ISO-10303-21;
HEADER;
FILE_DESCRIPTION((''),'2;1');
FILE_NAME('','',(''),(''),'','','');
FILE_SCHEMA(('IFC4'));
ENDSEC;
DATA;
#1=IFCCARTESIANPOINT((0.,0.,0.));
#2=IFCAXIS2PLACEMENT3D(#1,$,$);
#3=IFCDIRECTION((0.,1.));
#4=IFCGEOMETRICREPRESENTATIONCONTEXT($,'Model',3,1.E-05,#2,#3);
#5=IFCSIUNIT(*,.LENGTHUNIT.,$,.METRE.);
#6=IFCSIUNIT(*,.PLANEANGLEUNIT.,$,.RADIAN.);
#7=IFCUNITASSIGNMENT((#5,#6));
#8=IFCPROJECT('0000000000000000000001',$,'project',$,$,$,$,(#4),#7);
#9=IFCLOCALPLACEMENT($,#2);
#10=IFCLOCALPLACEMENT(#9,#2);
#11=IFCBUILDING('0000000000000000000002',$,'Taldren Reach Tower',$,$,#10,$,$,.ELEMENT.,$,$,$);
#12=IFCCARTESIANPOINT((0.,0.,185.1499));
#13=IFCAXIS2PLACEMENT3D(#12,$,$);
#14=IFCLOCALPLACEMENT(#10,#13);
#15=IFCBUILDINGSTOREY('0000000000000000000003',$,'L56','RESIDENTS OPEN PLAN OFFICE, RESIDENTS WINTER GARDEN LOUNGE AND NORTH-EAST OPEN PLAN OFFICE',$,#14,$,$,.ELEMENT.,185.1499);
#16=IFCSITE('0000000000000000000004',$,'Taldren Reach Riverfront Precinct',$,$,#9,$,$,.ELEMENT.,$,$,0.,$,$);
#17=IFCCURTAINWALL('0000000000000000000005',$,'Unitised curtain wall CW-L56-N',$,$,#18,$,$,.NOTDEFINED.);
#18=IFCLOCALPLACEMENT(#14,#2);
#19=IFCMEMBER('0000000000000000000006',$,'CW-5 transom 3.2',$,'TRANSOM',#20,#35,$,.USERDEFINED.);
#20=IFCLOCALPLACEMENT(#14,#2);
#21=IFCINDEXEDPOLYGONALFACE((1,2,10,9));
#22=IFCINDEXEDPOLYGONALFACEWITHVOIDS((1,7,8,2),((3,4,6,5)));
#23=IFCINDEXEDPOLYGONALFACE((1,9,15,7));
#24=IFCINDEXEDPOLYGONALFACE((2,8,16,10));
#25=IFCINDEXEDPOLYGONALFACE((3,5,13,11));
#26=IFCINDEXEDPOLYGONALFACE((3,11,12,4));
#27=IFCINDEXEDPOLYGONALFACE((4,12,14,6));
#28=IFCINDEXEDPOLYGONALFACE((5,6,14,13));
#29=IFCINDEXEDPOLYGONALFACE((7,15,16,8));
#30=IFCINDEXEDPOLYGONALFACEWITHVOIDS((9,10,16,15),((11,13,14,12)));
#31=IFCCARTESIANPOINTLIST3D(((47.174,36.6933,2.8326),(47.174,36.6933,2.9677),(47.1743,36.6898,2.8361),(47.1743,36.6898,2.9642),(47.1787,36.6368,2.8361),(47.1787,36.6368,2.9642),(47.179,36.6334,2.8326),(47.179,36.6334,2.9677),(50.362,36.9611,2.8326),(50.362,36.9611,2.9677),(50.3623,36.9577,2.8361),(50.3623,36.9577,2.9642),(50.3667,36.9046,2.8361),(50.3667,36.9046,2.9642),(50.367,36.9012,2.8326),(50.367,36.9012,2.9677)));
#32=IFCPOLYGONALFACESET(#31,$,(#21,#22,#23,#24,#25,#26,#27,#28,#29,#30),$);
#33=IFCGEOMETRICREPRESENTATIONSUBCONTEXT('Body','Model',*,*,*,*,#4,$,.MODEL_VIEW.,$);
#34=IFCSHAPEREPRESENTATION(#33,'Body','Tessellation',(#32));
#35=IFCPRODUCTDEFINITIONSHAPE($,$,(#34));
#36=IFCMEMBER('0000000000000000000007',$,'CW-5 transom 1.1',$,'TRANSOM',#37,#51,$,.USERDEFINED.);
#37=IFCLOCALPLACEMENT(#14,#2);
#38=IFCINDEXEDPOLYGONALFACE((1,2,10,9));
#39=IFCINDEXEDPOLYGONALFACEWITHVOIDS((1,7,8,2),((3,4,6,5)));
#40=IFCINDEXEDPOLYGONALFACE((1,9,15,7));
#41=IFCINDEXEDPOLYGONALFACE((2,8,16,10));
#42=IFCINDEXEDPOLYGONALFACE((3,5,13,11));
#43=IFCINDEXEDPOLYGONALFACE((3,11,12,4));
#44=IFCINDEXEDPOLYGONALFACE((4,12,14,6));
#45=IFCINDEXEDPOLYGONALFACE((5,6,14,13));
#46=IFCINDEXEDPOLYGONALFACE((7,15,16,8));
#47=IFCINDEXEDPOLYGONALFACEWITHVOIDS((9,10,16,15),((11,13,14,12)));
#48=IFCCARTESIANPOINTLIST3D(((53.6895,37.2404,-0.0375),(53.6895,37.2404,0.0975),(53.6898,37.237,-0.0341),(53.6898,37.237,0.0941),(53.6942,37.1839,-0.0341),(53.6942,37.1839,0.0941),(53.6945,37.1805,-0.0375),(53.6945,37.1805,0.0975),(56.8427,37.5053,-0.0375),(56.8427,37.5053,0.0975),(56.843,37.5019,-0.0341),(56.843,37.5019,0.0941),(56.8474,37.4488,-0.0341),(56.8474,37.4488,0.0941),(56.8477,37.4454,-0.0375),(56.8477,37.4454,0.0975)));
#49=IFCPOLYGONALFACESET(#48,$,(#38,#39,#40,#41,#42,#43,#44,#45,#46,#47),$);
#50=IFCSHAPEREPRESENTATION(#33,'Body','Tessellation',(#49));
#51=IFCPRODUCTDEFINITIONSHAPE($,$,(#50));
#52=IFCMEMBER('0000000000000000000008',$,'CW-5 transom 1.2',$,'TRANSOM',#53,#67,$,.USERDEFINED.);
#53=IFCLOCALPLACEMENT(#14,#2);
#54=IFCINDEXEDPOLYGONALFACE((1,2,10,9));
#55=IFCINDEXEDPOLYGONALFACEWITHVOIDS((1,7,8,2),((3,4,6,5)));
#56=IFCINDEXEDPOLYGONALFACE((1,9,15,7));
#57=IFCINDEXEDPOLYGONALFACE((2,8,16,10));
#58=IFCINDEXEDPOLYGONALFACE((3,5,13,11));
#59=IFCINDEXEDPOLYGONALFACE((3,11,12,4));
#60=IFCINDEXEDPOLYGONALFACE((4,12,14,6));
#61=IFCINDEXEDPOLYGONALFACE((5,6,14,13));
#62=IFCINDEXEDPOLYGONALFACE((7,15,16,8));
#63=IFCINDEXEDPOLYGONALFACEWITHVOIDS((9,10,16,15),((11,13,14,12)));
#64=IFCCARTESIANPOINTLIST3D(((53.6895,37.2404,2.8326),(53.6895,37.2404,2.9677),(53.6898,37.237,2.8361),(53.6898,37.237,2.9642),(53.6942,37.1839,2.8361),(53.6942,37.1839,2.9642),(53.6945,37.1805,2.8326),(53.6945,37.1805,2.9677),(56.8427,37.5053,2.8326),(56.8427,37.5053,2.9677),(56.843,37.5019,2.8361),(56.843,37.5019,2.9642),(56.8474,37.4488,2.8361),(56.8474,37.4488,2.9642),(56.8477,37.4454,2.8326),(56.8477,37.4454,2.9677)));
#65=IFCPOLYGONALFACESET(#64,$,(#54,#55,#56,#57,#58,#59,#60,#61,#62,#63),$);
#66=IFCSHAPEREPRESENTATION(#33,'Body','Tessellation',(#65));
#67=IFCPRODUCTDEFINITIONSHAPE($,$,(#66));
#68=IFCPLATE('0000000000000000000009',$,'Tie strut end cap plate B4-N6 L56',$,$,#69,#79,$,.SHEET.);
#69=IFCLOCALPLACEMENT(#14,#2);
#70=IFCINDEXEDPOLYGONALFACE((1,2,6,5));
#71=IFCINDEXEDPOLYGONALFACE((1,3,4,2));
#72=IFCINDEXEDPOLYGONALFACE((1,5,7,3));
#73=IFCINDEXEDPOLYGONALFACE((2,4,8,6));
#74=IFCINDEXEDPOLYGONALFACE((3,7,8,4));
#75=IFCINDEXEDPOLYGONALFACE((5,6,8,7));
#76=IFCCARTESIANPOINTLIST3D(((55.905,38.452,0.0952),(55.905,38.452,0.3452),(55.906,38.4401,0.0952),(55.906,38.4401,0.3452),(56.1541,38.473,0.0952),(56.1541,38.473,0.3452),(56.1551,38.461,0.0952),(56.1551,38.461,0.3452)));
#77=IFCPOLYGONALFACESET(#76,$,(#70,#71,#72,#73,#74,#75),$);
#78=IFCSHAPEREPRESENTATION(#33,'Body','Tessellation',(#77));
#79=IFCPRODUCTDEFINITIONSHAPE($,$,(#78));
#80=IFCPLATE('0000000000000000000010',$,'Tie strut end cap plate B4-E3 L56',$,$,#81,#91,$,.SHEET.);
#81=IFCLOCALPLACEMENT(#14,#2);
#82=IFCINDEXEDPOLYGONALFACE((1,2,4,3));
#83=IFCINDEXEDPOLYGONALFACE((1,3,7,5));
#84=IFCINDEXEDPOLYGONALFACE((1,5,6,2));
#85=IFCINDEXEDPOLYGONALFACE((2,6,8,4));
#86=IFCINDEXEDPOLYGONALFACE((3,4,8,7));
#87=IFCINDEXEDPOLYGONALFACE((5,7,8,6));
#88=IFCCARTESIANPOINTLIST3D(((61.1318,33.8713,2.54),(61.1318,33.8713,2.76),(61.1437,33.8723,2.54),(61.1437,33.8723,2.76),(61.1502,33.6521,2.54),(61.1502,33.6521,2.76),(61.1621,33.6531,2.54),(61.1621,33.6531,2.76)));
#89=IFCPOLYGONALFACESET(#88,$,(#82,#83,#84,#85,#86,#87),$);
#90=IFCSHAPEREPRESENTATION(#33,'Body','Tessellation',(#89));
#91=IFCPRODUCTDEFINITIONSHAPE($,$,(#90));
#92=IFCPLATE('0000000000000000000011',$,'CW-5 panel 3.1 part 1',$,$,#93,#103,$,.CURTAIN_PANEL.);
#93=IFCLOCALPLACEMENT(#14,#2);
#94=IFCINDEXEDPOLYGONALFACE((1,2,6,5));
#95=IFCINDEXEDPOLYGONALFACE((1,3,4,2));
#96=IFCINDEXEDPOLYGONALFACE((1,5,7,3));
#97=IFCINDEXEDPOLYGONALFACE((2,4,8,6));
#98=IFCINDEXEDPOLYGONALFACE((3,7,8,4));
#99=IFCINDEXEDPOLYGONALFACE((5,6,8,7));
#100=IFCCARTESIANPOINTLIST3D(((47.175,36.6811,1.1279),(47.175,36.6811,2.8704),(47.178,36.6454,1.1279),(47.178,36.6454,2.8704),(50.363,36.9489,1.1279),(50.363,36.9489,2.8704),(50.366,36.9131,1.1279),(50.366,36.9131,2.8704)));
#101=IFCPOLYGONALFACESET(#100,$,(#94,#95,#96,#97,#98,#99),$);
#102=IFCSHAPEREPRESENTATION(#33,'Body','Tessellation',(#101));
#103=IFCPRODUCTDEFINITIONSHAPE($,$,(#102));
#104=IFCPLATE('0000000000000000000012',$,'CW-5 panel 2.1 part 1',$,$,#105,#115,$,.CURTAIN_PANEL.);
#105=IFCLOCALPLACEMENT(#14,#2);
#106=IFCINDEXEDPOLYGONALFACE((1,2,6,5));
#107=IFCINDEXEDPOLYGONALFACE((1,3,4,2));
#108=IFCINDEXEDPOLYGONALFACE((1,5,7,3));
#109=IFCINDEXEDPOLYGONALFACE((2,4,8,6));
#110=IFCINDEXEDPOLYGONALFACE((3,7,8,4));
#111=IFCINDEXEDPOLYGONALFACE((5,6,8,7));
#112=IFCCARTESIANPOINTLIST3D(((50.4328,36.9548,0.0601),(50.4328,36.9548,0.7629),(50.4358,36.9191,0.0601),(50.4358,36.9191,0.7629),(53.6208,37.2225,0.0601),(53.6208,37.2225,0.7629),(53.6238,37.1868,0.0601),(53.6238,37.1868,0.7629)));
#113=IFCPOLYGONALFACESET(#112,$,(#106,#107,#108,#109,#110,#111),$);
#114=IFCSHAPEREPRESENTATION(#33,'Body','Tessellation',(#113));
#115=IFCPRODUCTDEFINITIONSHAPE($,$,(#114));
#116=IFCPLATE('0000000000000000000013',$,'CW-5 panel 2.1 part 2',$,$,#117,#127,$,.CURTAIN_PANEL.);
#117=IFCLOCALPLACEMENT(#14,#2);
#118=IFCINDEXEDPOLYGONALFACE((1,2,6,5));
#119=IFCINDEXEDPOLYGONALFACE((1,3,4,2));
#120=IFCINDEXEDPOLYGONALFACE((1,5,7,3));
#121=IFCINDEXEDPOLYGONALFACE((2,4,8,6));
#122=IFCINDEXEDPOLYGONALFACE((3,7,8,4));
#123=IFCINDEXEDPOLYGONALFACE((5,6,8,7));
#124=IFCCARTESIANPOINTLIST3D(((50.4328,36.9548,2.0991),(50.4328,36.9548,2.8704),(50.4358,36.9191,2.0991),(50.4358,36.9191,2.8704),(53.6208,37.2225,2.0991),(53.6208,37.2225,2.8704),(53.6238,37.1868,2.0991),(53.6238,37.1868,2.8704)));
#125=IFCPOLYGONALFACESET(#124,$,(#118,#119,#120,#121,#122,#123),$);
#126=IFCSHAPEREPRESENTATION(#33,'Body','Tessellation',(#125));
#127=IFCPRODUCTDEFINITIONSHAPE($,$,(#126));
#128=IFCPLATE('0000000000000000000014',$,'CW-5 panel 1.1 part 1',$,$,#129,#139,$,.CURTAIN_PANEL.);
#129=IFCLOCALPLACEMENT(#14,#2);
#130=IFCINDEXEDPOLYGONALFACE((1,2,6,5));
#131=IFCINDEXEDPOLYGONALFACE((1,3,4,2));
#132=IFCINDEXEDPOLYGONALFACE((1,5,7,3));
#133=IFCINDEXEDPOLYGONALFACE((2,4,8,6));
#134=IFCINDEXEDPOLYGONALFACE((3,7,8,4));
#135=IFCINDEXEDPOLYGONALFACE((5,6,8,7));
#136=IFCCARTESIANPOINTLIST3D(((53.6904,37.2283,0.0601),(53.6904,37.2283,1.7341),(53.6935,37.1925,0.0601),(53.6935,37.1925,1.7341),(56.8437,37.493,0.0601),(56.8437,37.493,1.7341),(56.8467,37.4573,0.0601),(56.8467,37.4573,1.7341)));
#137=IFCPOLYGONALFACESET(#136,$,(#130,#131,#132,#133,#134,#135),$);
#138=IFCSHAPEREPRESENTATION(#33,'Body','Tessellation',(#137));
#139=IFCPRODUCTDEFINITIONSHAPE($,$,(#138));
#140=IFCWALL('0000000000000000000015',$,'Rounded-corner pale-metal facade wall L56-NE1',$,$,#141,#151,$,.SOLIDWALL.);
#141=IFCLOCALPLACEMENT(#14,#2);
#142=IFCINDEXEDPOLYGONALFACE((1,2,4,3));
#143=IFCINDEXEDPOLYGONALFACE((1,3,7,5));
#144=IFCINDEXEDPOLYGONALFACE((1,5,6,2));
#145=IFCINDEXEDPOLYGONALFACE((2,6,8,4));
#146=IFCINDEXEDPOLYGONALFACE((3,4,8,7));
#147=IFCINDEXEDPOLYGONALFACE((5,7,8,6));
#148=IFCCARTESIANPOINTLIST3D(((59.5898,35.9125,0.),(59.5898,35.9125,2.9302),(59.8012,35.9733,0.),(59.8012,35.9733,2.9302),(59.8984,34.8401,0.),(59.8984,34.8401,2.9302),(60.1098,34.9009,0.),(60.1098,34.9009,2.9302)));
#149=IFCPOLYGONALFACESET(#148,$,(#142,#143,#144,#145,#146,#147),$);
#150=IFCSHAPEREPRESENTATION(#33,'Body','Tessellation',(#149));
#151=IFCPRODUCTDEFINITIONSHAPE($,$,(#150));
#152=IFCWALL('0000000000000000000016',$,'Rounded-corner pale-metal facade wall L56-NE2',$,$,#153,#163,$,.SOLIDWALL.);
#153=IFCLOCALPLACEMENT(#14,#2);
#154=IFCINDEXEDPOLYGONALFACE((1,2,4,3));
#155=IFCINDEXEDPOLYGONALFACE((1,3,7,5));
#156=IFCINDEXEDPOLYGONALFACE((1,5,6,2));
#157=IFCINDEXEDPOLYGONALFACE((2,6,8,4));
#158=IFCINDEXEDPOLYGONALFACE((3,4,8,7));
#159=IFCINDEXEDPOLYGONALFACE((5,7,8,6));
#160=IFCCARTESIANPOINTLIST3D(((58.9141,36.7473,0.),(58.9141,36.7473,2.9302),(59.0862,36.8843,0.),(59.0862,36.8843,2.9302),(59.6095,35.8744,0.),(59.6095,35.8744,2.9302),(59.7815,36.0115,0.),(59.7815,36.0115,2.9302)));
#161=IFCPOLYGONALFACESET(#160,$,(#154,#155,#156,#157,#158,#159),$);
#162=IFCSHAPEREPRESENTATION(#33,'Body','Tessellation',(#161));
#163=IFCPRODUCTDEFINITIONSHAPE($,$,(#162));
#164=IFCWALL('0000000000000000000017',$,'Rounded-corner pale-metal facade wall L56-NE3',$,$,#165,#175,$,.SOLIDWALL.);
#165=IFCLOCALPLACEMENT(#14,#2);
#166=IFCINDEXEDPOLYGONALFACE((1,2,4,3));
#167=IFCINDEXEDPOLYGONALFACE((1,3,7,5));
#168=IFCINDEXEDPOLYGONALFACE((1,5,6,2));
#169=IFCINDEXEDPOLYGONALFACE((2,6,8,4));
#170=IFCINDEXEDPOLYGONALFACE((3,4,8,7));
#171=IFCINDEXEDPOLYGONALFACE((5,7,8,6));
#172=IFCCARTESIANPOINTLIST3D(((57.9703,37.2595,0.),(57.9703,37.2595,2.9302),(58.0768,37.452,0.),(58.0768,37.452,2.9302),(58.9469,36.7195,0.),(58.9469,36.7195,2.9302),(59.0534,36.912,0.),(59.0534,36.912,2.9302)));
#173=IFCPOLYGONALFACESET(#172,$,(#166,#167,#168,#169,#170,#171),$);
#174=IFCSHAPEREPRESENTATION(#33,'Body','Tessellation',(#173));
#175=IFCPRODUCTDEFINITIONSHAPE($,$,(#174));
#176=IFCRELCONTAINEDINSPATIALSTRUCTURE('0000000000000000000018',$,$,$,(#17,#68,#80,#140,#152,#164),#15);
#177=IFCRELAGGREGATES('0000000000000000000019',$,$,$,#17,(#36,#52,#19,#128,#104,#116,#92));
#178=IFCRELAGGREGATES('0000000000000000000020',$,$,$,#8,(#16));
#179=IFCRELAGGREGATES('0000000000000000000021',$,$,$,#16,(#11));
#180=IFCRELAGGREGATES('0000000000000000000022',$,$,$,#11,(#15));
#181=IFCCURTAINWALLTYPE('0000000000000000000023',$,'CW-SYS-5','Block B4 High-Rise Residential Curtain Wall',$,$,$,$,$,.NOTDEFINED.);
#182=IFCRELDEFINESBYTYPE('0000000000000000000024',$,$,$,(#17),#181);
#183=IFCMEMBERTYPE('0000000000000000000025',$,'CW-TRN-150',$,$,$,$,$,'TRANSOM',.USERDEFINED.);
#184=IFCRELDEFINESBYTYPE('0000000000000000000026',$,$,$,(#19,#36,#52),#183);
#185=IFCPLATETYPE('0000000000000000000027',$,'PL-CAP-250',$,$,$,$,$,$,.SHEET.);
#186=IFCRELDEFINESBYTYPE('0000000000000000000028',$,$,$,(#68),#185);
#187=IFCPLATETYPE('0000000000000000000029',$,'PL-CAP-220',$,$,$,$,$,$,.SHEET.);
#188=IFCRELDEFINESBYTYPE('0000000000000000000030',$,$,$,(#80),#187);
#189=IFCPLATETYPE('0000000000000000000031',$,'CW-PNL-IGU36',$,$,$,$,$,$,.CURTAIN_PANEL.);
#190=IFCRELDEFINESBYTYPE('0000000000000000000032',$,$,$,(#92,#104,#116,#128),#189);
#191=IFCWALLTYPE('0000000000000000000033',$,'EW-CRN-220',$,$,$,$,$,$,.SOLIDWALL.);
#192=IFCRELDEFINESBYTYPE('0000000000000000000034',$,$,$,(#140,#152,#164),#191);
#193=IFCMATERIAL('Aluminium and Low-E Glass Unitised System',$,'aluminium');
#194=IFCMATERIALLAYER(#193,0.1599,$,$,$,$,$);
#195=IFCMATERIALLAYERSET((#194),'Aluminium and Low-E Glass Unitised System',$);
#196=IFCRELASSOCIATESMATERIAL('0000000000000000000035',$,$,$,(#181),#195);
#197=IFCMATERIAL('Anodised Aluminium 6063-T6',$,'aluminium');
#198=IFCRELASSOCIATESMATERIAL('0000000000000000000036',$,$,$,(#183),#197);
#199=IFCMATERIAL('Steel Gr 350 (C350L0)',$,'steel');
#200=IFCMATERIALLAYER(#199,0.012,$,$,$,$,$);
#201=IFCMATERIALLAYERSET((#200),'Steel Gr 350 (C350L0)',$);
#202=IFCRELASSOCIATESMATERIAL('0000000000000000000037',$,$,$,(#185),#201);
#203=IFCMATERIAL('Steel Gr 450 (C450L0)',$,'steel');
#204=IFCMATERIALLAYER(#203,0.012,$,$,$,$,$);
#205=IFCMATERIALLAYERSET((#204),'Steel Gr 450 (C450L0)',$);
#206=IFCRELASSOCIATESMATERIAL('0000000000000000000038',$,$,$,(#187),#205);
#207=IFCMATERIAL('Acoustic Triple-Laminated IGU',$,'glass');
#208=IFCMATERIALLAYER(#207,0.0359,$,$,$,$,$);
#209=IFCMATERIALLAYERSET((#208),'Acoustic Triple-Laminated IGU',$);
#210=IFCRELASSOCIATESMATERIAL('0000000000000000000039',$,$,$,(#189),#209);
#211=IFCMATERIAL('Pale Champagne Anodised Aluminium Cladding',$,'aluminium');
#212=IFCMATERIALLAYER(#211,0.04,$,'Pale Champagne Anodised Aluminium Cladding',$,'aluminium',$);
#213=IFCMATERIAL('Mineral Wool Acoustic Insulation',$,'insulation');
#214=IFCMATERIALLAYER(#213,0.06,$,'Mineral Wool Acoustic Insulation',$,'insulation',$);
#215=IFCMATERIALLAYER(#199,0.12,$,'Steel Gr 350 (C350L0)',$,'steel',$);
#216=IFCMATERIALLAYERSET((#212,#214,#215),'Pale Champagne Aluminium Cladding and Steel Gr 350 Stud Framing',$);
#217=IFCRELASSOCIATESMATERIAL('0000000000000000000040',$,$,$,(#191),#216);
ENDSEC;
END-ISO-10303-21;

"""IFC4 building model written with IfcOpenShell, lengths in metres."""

from ifc_helpers import new_model, si_unit, direction, frame, frame_2d, origin, origin_2d, place, context, subcontext, project, spatial, rectangle, hollow_rectangle, extrude, source, transform, mapped, material, layer, layer_set, material_profile, profile_set, type_object, element, aggregate, save


model = new_model("IFC4")

# Units and contexts
model_context = context("Model", 3, precision=1e-05, world=origin(), true_north=direction((0.0, 1.0)))
body_context = subcontext(model_context, "Body", "Model", "MODEL_VIEW")
ifc_project = project(units=[si_unit("LENGTHUNIT", "METRE"), si_unit("PLANEANGLEUNIT", "RADIAN")], contexts=[model_context])

# Site, building, storey
site_placement = place(None, origin())
site = spatial("IfcSite", under=ifc_project, at=site_placement, Name="Taldren Reach Riverfront Precinct", CompositionType="ELEMENT", RefElevation=0.0)
building_placement = place(site_placement, origin())
building = spatial("IfcBuilding", under=site, at=building_placement, Name="Taldren Reach Tower", CompositionType="ELEMENT")
storey_placement = place(building_placement, frame((0.0, 0.0, 185.1499)))
storey = spatial("IfcBuildingStorey", under=building, at=storey_placement, Name="L56", Description="RESIDENTS OPEN PLAN OFFICE, RESIDENTS WINTER GARDEN LOUNGE AND NORTH-EAST OPEN PLAN OFFICE", CompositionType="ELEMENT", Elevation=185.1499)

# Shared definitions
ifc_material_1 = material(Name="Steel Gr 350 (C350L0)", Category="steel")

# Shared definitions
ifc_material_2 = material(Name="Steel Gr 450 (C450L0)", Category="steel")

# Curtain wall
ifc_material_3 = material(Name="Aluminium and Low-E Glass Unitised System", Category="aluminium")
ifc_layer_1 = layer(ifc_material_3, 0.1599)
ifc_layer_set_1 = layer_set([ifc_layer_1], Name="Aluminium and Low-E Glass Unitised System")
curtain_wall_type = type_object("IfcCurtainWallType", Name="CW-SYS-5", Description="Block B4 High-Rise Residential Curtain Wall", PredefinedType="NOTDEFINED", material=ifc_layer_set_1)
curtain_wall_1_placement = place(storey_placement, origin())
curtain_wall_1 = element("IfcCurtainWall", 1, at=curtain_wall_1_placement, inside=storey, type_object=curtain_wall_type, Name="Unitised curtain wall CW-L56-N", PredefinedType="NOTDEFINED")
ifc_material_4 = material(Name="Anodised Aluminium 6063-T6", Category="aluminium")

# Members
ifc_material_profile_1 = material_profile(ifc_material_4, hollow_rectangle(XDim=0.0601, YDim=0.135, WallThickness=0.0034, at=origin_2d()), Name="ALU-135x60x3.5RHS")
ifc_profile_set_1 = profile_set([ifc_material_profile_1], Name="Anodised Aluminium 6063-T6")
member_type_1 = type_object("IfcMemberType", Name="CW-TRN-150", ElementType="TRANSOM", PredefinedType="USERDEFINED", material=ifc_profile_set_1)
shared_shape_1 = source(origin(), body_context, "Body", "SweptSolid", [
    extrude(hollow_rectangle(XDim=0.0601, YDim=0.135, WallThickness=0.0034, at=origin_2d()), origin(), (0.0, 0.0, 1.0), 3.1992),
])
member_1_placement = place(storey_placement, frame((50.3645, 36.9312, 2.9001), z_axis=(-0.99649, -0.083715, 0.0), x_axis=(0.083715, -0.99649, 0.0)))
member_1 = element("IfcMember", 2, at=member_1_placement, type_object=member_type_1, Name="CW-5 transom 3.2", ObjectType="TRANSOM", PredefinedType="USERDEFINED", context=body_context, shape_type="MappedRepresentation", body=[
    mapped(shared_shape_1, transform((0.0, 0.0, 0.0), scale=1.0)),
])
shared_shape_2 = source(origin(), body_context, "Body", "SweptSolid", [
    extrude(hollow_rectangle(XDim=0.0601, YDim=0.135, WallThickness=0.0034, at=origin_2d()), origin(), (0.0, 0.0, 1.0), 3.1643),
])
member_2_placement = place(storey_placement, frame((56.8452, 37.4753, 0.03), z_axis=(-0.99649, -0.083709, 0.0), x_axis=(0.083709, -0.99649, 0.0)))
member_2 = element("IfcMember", 3, at=member_2_placement, type_object=member_type_1, Name="CW-5 transom 1.1", ObjectType="TRANSOM", PredefinedType="USERDEFINED", context=body_context, shape_type="MappedRepresentation", body=[
    mapped(shared_shape_2, transform((0.0, 0.0, 0.0), scale=1.0)),
])
member_3_placement = place(storey_placement, frame((56.8452, 37.4753, 2.9001), z_axis=(-0.99649, -0.083709, 0.0), x_axis=(0.083709, -0.99649, 0.0)))
member_3 = element("IfcMember", 4, at=member_3_placement, type_object=member_type_1, Name="CW-5 transom 1.2", ObjectType="TRANSOM", PredefinedType="USERDEFINED", context=body_context, shape_type="MappedRepresentation", body=[
    mapped(shared_shape_2, transform((0.0, 0.0, 0.0), scale=1.0)),
])

# Plates
ifc_layer_2 = layer(ifc_material_1, 0.012)
ifc_layer_set_2 = layer_set([ifc_layer_2], Name="Steel Gr 350 (C350L0)")
plate_type_1 = type_object("IfcPlateType", Name="PL-CAP-250", PredefinedType="SHEET", material=ifc_layer_set_2)
shared_shape_3 = source(origin(), body_context, "Body", "SweptSolid", [
    extrude(rectangle(XDim=0.25, YDim=0.012, at=origin_2d()), origin(), (0.0, 0.0, 1.0), 0.25),
])
plate_1_placement = place(storey_placement, frame((56.03, 38.4565, 0.0952), z_axis=(0.0, 0.0, 1.0), x_axis=(0.996493, 0.083678, 0.0)))
element("IfcPlate", 5, at=plate_1_placement, inside=storey, type_object=plate_type_1, Name="Tie strut end cap plate B4-N6 L56", PredefinedType="SHEET", context=body_context, shape_type="MappedRepresentation", body=[
    mapped(shared_shape_3, transform((0.0, 0.0, 0.0), scale=1.0)),
])
ifc_layer_3 = layer(ifc_material_2, 0.012)
ifc_layer_set_3 = layer_set([ifc_layer_3], Name="Steel Gr 450 (C450L0)")
plate_type_2 = type_object("IfcPlateType", Name="PL-CAP-220", PredefinedType="SHEET", material=ifc_layer_set_3)
shared_shape_4 = source(origin(), body_context, "Body", "SweptSolid", [
    extrude(rectangle(XDim=0.012, YDim=0.22, at=origin_2d()), origin(), (0.0, 0.0, 1.0), 0.22),
])
plate_2_placement = place(storey_placement, frame((61.147, 33.7622, 2.54), z_axis=(0.0, 0.0, 1.0), x_axis=(0.996493, 0.083678, 0.0)))
element("IfcPlate", 6, at=plate_2_placement, inside=storey, type_object=plate_type_2, Name="Tie strut end cap plate B4-E3 L56", PredefinedType="SHEET", context=body_context, shape_type="MappedRepresentation", body=[
    mapped(shared_shape_4, transform((0.0, 0.0, 0.0), scale=1.0)),
])

# Plates
ifc_material_5 = material(Name="Acoustic Triple-Laminated IGU", Category="glass")
ifc_layer_4 = layer(ifc_material_5, 0.0359)
ifc_layer_set_4 = layer_set([ifc_layer_4], Name="Acoustic Triple-Laminated IGU")
plate_type_3 = type_object("IfcPlateType", Name="CW-PNL-IGU36", PredefinedType="CURTAIN_PANEL", material=ifc_layer_set_4)
shared_shape_5 = source(origin(), body_context, "Body", "SweptSolid", [
    extrude(rectangle(XDim=3.1992, YDim=0.0359, at=origin_2d()), origin(), (0.0, 0.0, 1.0), 1.7424),
])
plate_3_placement = place(storey_placement, frame((48.7705, 36.7971, 1.1279), z_axis=(0.0, 0.0, 1.0), x_axis=(-0.996493, -0.083678, 0.0)))
plate_3 = element("IfcPlate", 7, at=plate_3_placement, type_object=plate_type_3, Name="CW-5 panel 3.1 part 1", PredefinedType="CURTAIN_PANEL", context=body_context, shape_type="MappedRepresentation", body=[
    mapped(shared_shape_5, transform((0.0, 0.0, 0.0), scale=1.0)),
])
shared_shape_6 = source(origin(), body_context, "Body", "SweptSolid", [
    extrude(rectangle(XDim=3.1992, YDim=0.0359, at=origin_2d()), origin(), (0.0, 0.0, 1.0), 0.7029),
])
plate_4_placement = place(storey_placement, frame((52.0283, 37.0708, 0.0601), z_axis=(0.0, 0.0, 1.0), x_axis=(-0.996493, -0.083678, 0.0)))
plate_4 = element("IfcPlate", 8, at=plate_4_placement, type_object=plate_type_3, Name="CW-5 panel 2.1 part 1", PredefinedType="CURTAIN_PANEL", context=body_context, shape_type="MappedRepresentation", body=[
    mapped(shared_shape_6, transform((0.0, 0.0, 0.0), scale=1.0)),
])
shared_shape_7 = source(origin(), body_context, "Body", "SweptSolid", [
    extrude(rectangle(XDim=3.1992, YDim=0.0359, at=origin_2d()), origin(), (0.0, 0.0, 1.0), 0.7712),
])
plate_5_placement = place(storey_placement, frame((52.0283, 37.0708, 2.0991), z_axis=(0.0, 0.0, 1.0), x_axis=(-0.996493, -0.083678, 0.0)))
plate_5 = element("IfcPlate", 9, at=plate_5_placement, type_object=plate_type_3, Name="CW-5 panel 2.1 part 2", PredefinedType="CURTAIN_PANEL", context=body_context, shape_type="MappedRepresentation", body=[
    mapped(shared_shape_7, transform((0.0, 0.0, 0.0), scale=1.0)),
])
shared_shape_8 = source(origin(), body_context, "Body", "SweptSolid", [
    extrude(rectangle(XDim=3.1643, YDim=0.0359, at=origin_2d()), origin(), (0.0, 0.0, 1.0), 1.6741),
])
plate_6_placement = place(storey_placement, frame((55.2686, 37.3428, 0.0601), z_axis=(0.0, 0.0, 1.0), x_axis=(-0.996493, -0.083678, 0.0)))
plate_6 = element("IfcPlate", 10, at=plate_6_placement, type_object=plate_type_3, Name="CW-5 panel 1.1 part 1", PredefinedType="CURTAIN_PANEL", context=body_context, shape_type="MappedRepresentation", body=[
    mapped(shared_shape_8, transform((0.0, 0.0, 0.0), scale=1.0)),
])
aggregate(curtain_wall_1, [member_2, member_3, member_1, plate_6, plate_4, plate_5, plate_3])

# Walls
ifc_material_6 = material(Name="Pale Champagne Anodised Aluminium Cladding", Category="aluminium")
ifc_layer_5 = layer(ifc_material_6, 0.04, Name="Pale Champagne Anodised Aluminium Cladding", Category="aluminium")
ifc_material_7 = material(Name="Mineral Wool Acoustic Insulation", Category="insulation")
ifc_layer_6 = layer(ifc_material_7, 0.06, Name="Mineral Wool Acoustic Insulation", Category="insulation")
ifc_layer_7 = layer(ifc_material_1, 0.12, Name="Steel Gr 350 (C350L0)", Category="steel")
ifc_layer_set_5 = layer_set([ifc_layer_5, ifc_layer_6, ifc_layer_7], Name="Pale Champagne Aluminium Cladding and Steel Gr 350 Stud Framing")
wall_type = type_object("IfcWallType", Name="EW-CRN-220", PredefinedType="SOLIDWALL", material=ifc_layer_set_5)
shared_shape_9 = source(origin(), body_context, "Body", "SweptSolid", [
    extrude(rectangle(XDim=1.116, YDim=0.22, at=frame_2d((0.5581, 0.0))), origin(), (0.0, 0.0, 1.0), 2.9302),
])
for number, where, z_axis, x_axis, name in (
    (11, (60.0042, 34.8704, 0.0), (0.0, 0.0, 1.0), (-0.276512, 0.96101, 0.0), "Rounded-corner pale-metal facade wall L56-NE1"),
    (12, (59.6956, 35.9429, 0.0), (0.0, 0.0, 1.0), (-0.623093, 0.782148, 0.0), "Rounded-corner pale-metal facade wall L56-NE2"),
    (13, (59.0002, 36.8157, 0.0), (0.0, 0.0, 1.0), (-0.875105, 0.483933, 0.0), "Rounded-corner pale-metal facade wall L56-NE3"),
):
    element("IfcWall", number, at=place(storey_placement, frame(where, z_axis=z_axis, x_axis=x_axis)), inside=storey, type_object=wall_type, Name=name, PredefinedType="SOLIDWALL", context=body_context, shape_type="MappedRepresentation", body=[
        mapped(shared_shape_9, transform((0.0, 0.0, 0.0), scale=1.0)),
    ])

save(model, "model.ifc")
